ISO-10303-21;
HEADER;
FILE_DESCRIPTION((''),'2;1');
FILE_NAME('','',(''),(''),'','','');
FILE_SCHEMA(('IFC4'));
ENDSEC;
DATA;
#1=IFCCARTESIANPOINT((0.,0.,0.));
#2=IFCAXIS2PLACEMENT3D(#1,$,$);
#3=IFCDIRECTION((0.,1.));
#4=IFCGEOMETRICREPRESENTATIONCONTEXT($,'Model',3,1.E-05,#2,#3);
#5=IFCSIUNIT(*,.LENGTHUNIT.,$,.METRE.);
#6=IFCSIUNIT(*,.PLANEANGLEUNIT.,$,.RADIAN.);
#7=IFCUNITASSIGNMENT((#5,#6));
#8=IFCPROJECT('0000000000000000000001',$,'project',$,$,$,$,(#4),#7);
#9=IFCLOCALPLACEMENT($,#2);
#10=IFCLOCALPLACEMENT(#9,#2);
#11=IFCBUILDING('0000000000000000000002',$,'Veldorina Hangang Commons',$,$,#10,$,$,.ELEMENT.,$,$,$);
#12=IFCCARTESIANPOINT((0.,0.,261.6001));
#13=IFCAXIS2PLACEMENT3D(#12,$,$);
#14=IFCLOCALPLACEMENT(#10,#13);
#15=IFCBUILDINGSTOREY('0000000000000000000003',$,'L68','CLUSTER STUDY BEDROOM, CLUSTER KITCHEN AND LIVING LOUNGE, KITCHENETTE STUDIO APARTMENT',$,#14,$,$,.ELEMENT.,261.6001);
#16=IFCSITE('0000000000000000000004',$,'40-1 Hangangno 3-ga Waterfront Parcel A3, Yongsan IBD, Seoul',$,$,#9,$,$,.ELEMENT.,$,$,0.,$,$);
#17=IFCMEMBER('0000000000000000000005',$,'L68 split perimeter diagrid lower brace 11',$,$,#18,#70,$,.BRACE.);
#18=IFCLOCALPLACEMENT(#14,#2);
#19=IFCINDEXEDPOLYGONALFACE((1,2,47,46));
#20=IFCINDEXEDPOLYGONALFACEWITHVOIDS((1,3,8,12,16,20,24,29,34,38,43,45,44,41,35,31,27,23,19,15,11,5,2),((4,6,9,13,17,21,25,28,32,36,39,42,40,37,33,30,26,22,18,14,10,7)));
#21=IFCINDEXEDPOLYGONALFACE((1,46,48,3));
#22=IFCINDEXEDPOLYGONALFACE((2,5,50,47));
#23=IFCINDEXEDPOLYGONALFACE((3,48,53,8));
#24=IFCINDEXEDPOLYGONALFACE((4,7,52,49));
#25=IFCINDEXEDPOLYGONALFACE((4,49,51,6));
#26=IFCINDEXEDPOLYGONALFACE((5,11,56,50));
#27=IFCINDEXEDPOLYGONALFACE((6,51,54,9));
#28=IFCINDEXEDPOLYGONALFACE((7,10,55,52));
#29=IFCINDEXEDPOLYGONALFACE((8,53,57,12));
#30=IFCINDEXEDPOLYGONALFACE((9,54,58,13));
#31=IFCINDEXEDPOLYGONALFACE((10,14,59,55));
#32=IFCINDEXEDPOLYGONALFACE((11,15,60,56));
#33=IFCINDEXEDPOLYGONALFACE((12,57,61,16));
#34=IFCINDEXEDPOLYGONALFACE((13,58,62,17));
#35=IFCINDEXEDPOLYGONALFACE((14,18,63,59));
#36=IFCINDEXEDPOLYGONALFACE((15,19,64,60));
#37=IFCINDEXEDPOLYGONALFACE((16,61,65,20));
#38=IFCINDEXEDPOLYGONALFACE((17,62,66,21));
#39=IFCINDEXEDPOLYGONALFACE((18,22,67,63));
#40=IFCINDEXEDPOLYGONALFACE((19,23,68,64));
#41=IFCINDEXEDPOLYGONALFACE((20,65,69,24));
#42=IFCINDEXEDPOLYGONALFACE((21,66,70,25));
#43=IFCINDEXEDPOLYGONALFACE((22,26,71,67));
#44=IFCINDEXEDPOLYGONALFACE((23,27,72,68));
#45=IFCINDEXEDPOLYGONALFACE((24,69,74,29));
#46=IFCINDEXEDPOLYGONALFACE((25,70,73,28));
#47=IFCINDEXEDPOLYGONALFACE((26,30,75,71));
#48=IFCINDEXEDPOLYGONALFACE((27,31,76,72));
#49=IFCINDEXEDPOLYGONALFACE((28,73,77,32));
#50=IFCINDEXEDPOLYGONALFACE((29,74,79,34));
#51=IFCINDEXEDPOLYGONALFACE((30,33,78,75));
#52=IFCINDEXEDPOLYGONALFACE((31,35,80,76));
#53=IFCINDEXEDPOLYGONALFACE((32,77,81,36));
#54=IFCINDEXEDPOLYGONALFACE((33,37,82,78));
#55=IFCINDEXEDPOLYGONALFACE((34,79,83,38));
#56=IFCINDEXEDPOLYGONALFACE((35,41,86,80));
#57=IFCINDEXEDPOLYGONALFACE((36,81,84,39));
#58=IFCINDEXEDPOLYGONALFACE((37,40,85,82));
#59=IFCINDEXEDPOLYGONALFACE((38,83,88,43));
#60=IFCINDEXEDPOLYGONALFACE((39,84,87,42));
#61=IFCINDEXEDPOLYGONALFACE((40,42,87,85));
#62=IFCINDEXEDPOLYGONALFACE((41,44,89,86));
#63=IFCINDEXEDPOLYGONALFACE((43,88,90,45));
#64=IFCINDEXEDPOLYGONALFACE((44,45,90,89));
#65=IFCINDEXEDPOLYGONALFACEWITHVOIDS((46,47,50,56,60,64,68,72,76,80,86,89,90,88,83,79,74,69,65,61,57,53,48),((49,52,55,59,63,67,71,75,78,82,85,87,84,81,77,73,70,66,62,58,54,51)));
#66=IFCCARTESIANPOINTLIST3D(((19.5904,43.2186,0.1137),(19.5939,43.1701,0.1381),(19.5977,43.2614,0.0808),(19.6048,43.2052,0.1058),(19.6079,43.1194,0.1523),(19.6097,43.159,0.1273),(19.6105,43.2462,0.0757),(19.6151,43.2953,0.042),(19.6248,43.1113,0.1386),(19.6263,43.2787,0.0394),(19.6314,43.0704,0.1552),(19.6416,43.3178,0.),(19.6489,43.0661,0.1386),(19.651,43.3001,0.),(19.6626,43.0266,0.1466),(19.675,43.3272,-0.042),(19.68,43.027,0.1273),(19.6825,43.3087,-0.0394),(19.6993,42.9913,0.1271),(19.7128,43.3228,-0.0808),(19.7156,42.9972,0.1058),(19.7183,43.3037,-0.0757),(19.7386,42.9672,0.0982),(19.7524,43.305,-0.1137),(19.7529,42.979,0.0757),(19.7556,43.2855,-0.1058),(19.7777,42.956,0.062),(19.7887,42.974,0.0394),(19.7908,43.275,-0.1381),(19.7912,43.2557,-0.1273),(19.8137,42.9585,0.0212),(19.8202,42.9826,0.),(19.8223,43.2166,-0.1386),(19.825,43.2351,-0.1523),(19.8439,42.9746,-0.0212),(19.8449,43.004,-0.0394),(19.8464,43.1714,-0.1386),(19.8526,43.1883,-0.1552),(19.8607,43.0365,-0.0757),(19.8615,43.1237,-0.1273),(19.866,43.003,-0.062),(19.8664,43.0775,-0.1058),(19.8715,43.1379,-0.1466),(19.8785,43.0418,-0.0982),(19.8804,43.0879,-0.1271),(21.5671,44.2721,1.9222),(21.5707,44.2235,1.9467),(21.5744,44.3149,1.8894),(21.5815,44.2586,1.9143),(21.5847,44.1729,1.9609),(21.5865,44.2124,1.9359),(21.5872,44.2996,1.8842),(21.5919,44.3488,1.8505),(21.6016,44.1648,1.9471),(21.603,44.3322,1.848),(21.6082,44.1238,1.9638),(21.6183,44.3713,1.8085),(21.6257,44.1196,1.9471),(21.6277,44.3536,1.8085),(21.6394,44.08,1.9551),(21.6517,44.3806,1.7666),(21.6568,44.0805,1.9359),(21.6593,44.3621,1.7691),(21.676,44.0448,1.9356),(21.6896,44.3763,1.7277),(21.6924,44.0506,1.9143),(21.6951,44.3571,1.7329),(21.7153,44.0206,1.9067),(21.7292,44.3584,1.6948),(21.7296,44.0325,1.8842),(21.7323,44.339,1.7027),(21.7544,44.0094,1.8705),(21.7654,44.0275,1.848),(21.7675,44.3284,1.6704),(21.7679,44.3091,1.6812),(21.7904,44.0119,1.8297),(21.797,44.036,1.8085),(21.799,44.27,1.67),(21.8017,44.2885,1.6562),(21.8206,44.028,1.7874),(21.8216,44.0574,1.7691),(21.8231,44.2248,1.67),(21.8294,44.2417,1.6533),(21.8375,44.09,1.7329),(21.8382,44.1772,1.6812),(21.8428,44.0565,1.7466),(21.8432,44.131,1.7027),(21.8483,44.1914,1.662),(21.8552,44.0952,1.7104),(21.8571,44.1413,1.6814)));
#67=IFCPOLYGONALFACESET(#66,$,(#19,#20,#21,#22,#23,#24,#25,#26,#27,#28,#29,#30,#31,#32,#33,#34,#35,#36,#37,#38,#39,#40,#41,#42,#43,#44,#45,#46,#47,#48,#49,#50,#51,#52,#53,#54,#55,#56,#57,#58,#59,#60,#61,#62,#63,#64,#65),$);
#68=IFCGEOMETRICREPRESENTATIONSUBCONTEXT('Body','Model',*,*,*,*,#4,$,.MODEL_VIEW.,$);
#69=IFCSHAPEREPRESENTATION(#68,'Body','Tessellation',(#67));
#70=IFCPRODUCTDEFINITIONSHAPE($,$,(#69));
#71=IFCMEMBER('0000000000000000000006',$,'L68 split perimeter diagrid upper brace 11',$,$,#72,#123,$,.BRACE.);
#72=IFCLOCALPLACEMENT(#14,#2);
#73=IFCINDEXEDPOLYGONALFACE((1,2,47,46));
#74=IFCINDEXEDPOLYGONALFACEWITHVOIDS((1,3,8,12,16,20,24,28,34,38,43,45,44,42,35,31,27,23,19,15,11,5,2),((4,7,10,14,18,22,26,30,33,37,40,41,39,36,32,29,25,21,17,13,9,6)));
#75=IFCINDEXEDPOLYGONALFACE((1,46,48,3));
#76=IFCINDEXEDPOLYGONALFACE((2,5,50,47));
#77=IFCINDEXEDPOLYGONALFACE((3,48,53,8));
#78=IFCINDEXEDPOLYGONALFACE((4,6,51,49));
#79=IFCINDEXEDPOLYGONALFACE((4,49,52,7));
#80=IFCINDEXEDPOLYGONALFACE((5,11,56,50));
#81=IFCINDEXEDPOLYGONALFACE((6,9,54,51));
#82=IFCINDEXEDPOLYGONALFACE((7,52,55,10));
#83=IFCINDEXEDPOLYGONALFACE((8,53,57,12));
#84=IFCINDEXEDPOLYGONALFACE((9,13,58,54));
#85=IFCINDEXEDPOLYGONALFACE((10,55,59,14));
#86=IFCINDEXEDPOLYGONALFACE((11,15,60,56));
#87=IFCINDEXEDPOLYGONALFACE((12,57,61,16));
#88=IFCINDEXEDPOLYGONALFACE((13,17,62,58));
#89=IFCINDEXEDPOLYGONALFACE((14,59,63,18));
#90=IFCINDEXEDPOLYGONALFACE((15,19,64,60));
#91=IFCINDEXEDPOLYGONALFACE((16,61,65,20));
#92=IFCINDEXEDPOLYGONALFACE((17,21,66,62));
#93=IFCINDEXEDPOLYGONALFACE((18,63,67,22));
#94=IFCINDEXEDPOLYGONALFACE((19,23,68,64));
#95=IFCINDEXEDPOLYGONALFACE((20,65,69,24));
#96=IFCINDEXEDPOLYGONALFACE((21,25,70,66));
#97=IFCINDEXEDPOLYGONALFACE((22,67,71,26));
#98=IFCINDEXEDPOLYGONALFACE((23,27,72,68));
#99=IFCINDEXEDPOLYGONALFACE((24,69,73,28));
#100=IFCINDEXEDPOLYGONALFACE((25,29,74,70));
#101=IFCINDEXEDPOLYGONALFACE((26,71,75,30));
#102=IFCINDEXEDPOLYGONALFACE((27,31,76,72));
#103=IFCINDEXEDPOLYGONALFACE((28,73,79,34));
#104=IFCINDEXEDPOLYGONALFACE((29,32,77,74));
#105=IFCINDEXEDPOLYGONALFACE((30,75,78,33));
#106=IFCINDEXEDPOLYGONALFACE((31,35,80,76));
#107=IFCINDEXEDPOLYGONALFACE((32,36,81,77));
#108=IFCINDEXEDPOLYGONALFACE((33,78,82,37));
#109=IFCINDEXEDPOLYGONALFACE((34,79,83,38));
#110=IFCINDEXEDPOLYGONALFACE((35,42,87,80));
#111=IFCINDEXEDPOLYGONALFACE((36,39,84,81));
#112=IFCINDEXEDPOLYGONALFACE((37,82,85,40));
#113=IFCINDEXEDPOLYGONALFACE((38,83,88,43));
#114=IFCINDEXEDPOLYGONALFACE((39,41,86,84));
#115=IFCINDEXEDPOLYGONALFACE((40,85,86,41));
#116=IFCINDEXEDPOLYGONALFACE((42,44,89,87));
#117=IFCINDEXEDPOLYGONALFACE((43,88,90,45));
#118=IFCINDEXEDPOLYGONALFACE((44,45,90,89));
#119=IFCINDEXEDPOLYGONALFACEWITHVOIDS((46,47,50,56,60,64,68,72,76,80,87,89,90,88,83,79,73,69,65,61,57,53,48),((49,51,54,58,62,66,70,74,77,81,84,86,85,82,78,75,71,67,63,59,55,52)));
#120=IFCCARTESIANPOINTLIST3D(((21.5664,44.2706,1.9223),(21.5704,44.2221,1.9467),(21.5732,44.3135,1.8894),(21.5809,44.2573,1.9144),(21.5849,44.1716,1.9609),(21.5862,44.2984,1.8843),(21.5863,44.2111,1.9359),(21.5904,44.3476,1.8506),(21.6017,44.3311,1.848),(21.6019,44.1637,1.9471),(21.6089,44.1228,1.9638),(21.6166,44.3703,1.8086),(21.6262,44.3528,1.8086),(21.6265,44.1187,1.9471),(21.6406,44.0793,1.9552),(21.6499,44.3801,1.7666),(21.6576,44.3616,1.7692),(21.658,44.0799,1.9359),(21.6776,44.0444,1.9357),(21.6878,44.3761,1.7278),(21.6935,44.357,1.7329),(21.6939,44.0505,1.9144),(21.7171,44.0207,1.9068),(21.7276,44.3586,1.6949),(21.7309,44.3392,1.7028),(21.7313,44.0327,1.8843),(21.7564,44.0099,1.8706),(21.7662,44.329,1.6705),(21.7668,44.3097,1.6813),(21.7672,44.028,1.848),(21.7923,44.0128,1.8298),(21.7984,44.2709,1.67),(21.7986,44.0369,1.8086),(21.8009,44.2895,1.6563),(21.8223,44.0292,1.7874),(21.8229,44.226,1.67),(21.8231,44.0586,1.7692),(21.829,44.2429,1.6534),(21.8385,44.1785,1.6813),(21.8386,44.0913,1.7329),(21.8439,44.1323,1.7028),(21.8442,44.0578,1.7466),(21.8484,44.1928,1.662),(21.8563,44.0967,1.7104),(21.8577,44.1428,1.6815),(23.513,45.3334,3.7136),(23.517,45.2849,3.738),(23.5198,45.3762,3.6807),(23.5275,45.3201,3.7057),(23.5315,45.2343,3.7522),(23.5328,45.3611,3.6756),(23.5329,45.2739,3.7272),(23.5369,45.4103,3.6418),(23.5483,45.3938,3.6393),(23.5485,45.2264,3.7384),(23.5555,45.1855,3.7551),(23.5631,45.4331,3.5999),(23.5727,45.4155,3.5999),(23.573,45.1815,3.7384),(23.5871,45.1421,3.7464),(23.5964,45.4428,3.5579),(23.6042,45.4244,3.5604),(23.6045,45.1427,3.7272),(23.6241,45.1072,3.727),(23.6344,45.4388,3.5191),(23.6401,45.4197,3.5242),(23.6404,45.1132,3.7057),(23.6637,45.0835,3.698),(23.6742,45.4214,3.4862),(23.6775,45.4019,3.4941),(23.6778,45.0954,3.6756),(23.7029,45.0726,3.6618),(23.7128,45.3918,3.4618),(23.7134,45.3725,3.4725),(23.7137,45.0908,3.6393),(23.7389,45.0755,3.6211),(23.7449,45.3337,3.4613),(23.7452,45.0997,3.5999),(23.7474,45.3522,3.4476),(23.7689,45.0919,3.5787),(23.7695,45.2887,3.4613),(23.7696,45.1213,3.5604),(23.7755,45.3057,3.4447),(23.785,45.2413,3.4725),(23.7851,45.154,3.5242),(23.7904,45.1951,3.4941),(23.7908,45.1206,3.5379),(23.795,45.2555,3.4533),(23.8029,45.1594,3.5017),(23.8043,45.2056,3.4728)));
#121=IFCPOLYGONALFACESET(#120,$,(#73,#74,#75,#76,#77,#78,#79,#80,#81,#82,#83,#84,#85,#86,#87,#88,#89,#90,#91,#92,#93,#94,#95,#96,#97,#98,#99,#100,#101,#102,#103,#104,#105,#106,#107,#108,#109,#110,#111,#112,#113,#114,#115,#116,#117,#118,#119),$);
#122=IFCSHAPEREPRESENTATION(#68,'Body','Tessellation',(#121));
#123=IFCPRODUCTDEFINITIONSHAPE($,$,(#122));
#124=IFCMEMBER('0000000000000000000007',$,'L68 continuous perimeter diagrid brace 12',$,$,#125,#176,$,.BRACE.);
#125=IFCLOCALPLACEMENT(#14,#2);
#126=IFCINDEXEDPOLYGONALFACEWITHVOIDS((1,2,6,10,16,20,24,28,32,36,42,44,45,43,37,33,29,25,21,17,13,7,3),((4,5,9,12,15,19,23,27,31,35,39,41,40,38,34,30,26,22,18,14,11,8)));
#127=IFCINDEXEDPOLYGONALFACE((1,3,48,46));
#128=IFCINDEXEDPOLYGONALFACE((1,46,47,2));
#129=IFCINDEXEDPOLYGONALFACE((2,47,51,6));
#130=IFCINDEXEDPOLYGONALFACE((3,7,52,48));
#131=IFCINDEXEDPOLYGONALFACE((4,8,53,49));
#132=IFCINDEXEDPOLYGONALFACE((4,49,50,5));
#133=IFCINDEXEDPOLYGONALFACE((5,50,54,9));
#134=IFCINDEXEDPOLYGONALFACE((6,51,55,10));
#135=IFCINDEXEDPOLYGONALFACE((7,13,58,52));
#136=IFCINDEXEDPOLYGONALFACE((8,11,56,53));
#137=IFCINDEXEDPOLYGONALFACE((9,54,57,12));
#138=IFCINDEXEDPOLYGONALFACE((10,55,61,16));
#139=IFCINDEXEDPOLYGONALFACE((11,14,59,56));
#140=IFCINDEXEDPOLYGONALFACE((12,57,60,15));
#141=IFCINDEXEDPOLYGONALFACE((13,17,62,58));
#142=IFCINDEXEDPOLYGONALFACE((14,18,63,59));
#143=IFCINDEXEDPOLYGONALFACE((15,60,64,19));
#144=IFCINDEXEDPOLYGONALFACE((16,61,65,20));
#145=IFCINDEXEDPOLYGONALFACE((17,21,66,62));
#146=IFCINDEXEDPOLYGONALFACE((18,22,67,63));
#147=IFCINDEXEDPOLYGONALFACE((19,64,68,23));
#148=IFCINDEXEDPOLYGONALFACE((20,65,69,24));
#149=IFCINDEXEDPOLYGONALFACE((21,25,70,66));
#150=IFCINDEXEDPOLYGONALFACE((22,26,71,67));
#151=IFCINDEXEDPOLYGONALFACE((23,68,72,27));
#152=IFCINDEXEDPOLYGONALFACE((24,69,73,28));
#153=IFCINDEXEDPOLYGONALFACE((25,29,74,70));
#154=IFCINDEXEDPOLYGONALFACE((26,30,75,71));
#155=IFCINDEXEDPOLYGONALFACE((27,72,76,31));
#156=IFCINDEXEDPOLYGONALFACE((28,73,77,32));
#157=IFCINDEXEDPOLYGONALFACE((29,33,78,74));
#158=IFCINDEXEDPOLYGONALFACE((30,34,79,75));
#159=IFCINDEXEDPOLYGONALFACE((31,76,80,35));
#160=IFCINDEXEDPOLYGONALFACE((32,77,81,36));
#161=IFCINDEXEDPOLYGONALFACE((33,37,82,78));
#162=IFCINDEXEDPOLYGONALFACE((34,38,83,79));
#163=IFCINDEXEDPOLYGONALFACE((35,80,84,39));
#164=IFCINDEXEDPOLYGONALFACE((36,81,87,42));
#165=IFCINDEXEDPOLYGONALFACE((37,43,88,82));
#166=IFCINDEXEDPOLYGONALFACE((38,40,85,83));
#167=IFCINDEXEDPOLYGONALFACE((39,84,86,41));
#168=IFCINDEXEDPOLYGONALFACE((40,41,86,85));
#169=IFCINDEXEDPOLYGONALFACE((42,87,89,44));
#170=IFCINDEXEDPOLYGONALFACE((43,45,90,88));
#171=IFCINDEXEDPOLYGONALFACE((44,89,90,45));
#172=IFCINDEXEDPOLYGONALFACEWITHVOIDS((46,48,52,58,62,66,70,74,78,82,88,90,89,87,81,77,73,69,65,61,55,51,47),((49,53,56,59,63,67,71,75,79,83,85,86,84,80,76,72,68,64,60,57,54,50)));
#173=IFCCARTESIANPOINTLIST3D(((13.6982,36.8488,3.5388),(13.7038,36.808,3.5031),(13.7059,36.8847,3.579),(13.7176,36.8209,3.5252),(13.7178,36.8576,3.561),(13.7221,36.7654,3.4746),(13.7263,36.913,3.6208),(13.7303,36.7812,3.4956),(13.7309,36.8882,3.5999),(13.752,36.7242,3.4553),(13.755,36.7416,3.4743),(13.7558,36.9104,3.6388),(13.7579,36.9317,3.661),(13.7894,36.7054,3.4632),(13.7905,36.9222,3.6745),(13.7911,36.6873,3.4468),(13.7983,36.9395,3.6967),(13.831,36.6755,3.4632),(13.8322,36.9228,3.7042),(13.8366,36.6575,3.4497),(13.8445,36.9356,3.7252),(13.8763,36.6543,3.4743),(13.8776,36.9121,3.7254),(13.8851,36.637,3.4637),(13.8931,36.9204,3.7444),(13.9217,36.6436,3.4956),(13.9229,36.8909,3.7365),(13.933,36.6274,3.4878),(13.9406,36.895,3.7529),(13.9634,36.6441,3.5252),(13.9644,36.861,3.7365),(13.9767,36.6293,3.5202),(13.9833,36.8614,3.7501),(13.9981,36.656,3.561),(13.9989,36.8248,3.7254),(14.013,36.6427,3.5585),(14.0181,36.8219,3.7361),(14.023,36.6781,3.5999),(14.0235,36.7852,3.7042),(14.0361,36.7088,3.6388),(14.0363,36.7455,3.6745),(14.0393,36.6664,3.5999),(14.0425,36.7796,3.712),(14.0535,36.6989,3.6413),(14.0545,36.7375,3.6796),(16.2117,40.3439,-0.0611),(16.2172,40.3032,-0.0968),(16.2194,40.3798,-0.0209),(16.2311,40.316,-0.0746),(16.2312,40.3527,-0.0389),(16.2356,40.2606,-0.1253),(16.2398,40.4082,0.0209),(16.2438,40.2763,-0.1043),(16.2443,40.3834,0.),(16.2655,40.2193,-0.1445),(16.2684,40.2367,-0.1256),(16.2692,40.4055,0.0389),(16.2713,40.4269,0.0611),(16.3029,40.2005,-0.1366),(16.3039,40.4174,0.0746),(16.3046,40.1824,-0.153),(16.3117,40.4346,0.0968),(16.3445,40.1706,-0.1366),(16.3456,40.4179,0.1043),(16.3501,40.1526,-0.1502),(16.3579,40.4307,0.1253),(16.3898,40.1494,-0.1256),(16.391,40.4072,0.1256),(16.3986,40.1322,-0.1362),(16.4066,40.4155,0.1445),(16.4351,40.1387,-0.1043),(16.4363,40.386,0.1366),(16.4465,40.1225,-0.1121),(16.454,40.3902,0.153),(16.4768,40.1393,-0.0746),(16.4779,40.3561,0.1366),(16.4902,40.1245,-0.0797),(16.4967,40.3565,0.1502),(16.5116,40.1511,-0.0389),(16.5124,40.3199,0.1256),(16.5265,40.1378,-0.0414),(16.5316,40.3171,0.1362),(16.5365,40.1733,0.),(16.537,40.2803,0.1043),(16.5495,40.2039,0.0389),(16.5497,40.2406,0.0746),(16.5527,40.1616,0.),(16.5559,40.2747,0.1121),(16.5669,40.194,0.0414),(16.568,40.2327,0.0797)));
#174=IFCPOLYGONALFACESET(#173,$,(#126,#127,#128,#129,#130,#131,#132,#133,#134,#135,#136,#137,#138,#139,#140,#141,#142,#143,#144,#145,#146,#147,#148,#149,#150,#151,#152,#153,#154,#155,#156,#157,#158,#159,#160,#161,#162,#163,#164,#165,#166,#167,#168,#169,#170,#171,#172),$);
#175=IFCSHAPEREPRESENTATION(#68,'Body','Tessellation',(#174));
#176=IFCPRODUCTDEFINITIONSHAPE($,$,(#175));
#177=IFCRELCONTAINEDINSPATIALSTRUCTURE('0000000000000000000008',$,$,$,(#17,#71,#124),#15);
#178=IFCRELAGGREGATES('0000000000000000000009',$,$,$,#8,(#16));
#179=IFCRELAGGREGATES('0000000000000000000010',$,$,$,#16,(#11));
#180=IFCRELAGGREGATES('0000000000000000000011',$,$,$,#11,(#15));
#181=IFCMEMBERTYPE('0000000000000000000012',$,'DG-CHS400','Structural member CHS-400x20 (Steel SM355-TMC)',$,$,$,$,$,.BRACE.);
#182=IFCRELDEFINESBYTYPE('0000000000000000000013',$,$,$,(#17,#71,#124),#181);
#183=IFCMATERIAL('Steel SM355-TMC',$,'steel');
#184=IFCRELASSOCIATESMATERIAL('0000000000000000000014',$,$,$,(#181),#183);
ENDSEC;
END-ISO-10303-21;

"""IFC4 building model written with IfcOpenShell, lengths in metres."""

from ifc_helpers import new_model, si_unit, direction, frame, origin, origin_2d, place, context, subcontext, project, spatial, hollow_circle, extrude, material, material_profile, profile_set, type_object, element, save


model = new_model("IFC4")

# Units and contexts
model_context = context("Model", 3, precision=1e-05, world=origin(), true_north=direction((0.0, 1.0)))
body_context = subcontext(model_context, "Body", "Model", "MODEL_VIEW")
ifc_project = project(units=[si_unit("LENGTHUNIT", "METRE"), si_unit("PLANEANGLEUNIT", "RADIAN")], contexts=[model_context])

# Site, building, storey
site_placement = place(None, origin())
site = spatial("IfcSite", under=ifc_project, at=site_placement, Name="40-1 Hangangno 3-ga Waterfront Parcel A3, Yongsan IBD, Seoul", CompositionType="ELEMENT", RefElevation=0.0)
building_placement = place(site_placement, origin())
building = spatial("IfcBuilding", under=site, at=building_placement, Name="Veldorina Hangang Commons", CompositionType="ELEMENT")
storey_placement = place(building_placement, frame((0.0, 0.0, 261.6001)))
storey = spatial("IfcBuildingStorey", under=building, at=storey_placement, Name="L68", Description="CLUSTER STUDY BEDROOM, CLUSTER KITCHEN AND LIVING LOUNGE, KITCHENETTE STUDIO APARTMENT", CompositionType="ELEMENT", Elevation=261.6001)

# Shared definitions
ifc_material_1 = material(Name="Steel SM355-TMC", Category="steel")

# Members
ifc_material_profile_1 = material_profile(ifc_material_1, hollow_circle(Radius=0.2, WallThickness=0.02, at=origin_2d()), Name="CHS-400x20")
ifc_profile_set_1 = profile_set([ifc_material_profile_1], Name="Steel SM355-TMC")
member_type_1 = type_object("IfcMemberType", Name="DG-CHS400", Description="Structural member CHS-400x20 (Steel SM355-TMC)", PredefinedType="BRACE", material=ifc_profile_set_1)
member_1_placement = place(storey_placement, frame((19.7356, 43.1414, 0.0), z_axis=(0.686633, 0.365916, 0.628205), x_axis=(-0.4703, 0.882507, 0.0)))
element("IfcMember", 1, at=member_1_placement, inside=storey, type_object=member_type_1, Name="L68 split perimeter diagrid lower brace 11", PredefinedType="BRACE", context=body_context, shape_type="SweptSolid", body=[
    extrude(hollow_circle(Radius=0.2, WallThickness=0.02, at=origin_2d()), origin(), (0.0, 0.0, 1.0), 2.8789),
])
member_2_placement = place(storey_placement, frame((21.7124, 44.1948, 1.8086), z_axis=(0.682804, 0.372789, 0.628337), x_axis=(-0.479199, 0.877706, 0.0)))
element("IfcMember", 2, at=member_2_placement, inside=storey, type_object=member_type_1, Name="L68 split perimeter diagrid upper brace 11", PredefinedType="BRACE", context=body_context, shape_type="SweptSolid", body=[
    extrude(hollow_circle(Radius=0.2, WallThickness=0.02, at=origin_2d()), origin(), (0.0, 0.0, 1.0), 2.8508),
])
member_3_placement = place(storey_placement, frame((16.3904, 40.2783, 0.0), z_axis=(-0.447884, -0.622818, 0.641481), x_axis=(0.811871, -0.583837, 0.0)))
element("IfcMember", 3, at=member_3_placement, inside=storey, type_object=member_type_1, Name="L68 continuous perimeter diagrid brace 12", PredefinedType="BRACE", context=body_context, shape_type="SweptSolid", body=[
    extrude(hollow_circle(Radius=0.2, WallThickness=0.02, at=origin_2d()), origin(), (0.0, 0.0, 1.0), 5.6118),
])

save(model, "model.ifc")
